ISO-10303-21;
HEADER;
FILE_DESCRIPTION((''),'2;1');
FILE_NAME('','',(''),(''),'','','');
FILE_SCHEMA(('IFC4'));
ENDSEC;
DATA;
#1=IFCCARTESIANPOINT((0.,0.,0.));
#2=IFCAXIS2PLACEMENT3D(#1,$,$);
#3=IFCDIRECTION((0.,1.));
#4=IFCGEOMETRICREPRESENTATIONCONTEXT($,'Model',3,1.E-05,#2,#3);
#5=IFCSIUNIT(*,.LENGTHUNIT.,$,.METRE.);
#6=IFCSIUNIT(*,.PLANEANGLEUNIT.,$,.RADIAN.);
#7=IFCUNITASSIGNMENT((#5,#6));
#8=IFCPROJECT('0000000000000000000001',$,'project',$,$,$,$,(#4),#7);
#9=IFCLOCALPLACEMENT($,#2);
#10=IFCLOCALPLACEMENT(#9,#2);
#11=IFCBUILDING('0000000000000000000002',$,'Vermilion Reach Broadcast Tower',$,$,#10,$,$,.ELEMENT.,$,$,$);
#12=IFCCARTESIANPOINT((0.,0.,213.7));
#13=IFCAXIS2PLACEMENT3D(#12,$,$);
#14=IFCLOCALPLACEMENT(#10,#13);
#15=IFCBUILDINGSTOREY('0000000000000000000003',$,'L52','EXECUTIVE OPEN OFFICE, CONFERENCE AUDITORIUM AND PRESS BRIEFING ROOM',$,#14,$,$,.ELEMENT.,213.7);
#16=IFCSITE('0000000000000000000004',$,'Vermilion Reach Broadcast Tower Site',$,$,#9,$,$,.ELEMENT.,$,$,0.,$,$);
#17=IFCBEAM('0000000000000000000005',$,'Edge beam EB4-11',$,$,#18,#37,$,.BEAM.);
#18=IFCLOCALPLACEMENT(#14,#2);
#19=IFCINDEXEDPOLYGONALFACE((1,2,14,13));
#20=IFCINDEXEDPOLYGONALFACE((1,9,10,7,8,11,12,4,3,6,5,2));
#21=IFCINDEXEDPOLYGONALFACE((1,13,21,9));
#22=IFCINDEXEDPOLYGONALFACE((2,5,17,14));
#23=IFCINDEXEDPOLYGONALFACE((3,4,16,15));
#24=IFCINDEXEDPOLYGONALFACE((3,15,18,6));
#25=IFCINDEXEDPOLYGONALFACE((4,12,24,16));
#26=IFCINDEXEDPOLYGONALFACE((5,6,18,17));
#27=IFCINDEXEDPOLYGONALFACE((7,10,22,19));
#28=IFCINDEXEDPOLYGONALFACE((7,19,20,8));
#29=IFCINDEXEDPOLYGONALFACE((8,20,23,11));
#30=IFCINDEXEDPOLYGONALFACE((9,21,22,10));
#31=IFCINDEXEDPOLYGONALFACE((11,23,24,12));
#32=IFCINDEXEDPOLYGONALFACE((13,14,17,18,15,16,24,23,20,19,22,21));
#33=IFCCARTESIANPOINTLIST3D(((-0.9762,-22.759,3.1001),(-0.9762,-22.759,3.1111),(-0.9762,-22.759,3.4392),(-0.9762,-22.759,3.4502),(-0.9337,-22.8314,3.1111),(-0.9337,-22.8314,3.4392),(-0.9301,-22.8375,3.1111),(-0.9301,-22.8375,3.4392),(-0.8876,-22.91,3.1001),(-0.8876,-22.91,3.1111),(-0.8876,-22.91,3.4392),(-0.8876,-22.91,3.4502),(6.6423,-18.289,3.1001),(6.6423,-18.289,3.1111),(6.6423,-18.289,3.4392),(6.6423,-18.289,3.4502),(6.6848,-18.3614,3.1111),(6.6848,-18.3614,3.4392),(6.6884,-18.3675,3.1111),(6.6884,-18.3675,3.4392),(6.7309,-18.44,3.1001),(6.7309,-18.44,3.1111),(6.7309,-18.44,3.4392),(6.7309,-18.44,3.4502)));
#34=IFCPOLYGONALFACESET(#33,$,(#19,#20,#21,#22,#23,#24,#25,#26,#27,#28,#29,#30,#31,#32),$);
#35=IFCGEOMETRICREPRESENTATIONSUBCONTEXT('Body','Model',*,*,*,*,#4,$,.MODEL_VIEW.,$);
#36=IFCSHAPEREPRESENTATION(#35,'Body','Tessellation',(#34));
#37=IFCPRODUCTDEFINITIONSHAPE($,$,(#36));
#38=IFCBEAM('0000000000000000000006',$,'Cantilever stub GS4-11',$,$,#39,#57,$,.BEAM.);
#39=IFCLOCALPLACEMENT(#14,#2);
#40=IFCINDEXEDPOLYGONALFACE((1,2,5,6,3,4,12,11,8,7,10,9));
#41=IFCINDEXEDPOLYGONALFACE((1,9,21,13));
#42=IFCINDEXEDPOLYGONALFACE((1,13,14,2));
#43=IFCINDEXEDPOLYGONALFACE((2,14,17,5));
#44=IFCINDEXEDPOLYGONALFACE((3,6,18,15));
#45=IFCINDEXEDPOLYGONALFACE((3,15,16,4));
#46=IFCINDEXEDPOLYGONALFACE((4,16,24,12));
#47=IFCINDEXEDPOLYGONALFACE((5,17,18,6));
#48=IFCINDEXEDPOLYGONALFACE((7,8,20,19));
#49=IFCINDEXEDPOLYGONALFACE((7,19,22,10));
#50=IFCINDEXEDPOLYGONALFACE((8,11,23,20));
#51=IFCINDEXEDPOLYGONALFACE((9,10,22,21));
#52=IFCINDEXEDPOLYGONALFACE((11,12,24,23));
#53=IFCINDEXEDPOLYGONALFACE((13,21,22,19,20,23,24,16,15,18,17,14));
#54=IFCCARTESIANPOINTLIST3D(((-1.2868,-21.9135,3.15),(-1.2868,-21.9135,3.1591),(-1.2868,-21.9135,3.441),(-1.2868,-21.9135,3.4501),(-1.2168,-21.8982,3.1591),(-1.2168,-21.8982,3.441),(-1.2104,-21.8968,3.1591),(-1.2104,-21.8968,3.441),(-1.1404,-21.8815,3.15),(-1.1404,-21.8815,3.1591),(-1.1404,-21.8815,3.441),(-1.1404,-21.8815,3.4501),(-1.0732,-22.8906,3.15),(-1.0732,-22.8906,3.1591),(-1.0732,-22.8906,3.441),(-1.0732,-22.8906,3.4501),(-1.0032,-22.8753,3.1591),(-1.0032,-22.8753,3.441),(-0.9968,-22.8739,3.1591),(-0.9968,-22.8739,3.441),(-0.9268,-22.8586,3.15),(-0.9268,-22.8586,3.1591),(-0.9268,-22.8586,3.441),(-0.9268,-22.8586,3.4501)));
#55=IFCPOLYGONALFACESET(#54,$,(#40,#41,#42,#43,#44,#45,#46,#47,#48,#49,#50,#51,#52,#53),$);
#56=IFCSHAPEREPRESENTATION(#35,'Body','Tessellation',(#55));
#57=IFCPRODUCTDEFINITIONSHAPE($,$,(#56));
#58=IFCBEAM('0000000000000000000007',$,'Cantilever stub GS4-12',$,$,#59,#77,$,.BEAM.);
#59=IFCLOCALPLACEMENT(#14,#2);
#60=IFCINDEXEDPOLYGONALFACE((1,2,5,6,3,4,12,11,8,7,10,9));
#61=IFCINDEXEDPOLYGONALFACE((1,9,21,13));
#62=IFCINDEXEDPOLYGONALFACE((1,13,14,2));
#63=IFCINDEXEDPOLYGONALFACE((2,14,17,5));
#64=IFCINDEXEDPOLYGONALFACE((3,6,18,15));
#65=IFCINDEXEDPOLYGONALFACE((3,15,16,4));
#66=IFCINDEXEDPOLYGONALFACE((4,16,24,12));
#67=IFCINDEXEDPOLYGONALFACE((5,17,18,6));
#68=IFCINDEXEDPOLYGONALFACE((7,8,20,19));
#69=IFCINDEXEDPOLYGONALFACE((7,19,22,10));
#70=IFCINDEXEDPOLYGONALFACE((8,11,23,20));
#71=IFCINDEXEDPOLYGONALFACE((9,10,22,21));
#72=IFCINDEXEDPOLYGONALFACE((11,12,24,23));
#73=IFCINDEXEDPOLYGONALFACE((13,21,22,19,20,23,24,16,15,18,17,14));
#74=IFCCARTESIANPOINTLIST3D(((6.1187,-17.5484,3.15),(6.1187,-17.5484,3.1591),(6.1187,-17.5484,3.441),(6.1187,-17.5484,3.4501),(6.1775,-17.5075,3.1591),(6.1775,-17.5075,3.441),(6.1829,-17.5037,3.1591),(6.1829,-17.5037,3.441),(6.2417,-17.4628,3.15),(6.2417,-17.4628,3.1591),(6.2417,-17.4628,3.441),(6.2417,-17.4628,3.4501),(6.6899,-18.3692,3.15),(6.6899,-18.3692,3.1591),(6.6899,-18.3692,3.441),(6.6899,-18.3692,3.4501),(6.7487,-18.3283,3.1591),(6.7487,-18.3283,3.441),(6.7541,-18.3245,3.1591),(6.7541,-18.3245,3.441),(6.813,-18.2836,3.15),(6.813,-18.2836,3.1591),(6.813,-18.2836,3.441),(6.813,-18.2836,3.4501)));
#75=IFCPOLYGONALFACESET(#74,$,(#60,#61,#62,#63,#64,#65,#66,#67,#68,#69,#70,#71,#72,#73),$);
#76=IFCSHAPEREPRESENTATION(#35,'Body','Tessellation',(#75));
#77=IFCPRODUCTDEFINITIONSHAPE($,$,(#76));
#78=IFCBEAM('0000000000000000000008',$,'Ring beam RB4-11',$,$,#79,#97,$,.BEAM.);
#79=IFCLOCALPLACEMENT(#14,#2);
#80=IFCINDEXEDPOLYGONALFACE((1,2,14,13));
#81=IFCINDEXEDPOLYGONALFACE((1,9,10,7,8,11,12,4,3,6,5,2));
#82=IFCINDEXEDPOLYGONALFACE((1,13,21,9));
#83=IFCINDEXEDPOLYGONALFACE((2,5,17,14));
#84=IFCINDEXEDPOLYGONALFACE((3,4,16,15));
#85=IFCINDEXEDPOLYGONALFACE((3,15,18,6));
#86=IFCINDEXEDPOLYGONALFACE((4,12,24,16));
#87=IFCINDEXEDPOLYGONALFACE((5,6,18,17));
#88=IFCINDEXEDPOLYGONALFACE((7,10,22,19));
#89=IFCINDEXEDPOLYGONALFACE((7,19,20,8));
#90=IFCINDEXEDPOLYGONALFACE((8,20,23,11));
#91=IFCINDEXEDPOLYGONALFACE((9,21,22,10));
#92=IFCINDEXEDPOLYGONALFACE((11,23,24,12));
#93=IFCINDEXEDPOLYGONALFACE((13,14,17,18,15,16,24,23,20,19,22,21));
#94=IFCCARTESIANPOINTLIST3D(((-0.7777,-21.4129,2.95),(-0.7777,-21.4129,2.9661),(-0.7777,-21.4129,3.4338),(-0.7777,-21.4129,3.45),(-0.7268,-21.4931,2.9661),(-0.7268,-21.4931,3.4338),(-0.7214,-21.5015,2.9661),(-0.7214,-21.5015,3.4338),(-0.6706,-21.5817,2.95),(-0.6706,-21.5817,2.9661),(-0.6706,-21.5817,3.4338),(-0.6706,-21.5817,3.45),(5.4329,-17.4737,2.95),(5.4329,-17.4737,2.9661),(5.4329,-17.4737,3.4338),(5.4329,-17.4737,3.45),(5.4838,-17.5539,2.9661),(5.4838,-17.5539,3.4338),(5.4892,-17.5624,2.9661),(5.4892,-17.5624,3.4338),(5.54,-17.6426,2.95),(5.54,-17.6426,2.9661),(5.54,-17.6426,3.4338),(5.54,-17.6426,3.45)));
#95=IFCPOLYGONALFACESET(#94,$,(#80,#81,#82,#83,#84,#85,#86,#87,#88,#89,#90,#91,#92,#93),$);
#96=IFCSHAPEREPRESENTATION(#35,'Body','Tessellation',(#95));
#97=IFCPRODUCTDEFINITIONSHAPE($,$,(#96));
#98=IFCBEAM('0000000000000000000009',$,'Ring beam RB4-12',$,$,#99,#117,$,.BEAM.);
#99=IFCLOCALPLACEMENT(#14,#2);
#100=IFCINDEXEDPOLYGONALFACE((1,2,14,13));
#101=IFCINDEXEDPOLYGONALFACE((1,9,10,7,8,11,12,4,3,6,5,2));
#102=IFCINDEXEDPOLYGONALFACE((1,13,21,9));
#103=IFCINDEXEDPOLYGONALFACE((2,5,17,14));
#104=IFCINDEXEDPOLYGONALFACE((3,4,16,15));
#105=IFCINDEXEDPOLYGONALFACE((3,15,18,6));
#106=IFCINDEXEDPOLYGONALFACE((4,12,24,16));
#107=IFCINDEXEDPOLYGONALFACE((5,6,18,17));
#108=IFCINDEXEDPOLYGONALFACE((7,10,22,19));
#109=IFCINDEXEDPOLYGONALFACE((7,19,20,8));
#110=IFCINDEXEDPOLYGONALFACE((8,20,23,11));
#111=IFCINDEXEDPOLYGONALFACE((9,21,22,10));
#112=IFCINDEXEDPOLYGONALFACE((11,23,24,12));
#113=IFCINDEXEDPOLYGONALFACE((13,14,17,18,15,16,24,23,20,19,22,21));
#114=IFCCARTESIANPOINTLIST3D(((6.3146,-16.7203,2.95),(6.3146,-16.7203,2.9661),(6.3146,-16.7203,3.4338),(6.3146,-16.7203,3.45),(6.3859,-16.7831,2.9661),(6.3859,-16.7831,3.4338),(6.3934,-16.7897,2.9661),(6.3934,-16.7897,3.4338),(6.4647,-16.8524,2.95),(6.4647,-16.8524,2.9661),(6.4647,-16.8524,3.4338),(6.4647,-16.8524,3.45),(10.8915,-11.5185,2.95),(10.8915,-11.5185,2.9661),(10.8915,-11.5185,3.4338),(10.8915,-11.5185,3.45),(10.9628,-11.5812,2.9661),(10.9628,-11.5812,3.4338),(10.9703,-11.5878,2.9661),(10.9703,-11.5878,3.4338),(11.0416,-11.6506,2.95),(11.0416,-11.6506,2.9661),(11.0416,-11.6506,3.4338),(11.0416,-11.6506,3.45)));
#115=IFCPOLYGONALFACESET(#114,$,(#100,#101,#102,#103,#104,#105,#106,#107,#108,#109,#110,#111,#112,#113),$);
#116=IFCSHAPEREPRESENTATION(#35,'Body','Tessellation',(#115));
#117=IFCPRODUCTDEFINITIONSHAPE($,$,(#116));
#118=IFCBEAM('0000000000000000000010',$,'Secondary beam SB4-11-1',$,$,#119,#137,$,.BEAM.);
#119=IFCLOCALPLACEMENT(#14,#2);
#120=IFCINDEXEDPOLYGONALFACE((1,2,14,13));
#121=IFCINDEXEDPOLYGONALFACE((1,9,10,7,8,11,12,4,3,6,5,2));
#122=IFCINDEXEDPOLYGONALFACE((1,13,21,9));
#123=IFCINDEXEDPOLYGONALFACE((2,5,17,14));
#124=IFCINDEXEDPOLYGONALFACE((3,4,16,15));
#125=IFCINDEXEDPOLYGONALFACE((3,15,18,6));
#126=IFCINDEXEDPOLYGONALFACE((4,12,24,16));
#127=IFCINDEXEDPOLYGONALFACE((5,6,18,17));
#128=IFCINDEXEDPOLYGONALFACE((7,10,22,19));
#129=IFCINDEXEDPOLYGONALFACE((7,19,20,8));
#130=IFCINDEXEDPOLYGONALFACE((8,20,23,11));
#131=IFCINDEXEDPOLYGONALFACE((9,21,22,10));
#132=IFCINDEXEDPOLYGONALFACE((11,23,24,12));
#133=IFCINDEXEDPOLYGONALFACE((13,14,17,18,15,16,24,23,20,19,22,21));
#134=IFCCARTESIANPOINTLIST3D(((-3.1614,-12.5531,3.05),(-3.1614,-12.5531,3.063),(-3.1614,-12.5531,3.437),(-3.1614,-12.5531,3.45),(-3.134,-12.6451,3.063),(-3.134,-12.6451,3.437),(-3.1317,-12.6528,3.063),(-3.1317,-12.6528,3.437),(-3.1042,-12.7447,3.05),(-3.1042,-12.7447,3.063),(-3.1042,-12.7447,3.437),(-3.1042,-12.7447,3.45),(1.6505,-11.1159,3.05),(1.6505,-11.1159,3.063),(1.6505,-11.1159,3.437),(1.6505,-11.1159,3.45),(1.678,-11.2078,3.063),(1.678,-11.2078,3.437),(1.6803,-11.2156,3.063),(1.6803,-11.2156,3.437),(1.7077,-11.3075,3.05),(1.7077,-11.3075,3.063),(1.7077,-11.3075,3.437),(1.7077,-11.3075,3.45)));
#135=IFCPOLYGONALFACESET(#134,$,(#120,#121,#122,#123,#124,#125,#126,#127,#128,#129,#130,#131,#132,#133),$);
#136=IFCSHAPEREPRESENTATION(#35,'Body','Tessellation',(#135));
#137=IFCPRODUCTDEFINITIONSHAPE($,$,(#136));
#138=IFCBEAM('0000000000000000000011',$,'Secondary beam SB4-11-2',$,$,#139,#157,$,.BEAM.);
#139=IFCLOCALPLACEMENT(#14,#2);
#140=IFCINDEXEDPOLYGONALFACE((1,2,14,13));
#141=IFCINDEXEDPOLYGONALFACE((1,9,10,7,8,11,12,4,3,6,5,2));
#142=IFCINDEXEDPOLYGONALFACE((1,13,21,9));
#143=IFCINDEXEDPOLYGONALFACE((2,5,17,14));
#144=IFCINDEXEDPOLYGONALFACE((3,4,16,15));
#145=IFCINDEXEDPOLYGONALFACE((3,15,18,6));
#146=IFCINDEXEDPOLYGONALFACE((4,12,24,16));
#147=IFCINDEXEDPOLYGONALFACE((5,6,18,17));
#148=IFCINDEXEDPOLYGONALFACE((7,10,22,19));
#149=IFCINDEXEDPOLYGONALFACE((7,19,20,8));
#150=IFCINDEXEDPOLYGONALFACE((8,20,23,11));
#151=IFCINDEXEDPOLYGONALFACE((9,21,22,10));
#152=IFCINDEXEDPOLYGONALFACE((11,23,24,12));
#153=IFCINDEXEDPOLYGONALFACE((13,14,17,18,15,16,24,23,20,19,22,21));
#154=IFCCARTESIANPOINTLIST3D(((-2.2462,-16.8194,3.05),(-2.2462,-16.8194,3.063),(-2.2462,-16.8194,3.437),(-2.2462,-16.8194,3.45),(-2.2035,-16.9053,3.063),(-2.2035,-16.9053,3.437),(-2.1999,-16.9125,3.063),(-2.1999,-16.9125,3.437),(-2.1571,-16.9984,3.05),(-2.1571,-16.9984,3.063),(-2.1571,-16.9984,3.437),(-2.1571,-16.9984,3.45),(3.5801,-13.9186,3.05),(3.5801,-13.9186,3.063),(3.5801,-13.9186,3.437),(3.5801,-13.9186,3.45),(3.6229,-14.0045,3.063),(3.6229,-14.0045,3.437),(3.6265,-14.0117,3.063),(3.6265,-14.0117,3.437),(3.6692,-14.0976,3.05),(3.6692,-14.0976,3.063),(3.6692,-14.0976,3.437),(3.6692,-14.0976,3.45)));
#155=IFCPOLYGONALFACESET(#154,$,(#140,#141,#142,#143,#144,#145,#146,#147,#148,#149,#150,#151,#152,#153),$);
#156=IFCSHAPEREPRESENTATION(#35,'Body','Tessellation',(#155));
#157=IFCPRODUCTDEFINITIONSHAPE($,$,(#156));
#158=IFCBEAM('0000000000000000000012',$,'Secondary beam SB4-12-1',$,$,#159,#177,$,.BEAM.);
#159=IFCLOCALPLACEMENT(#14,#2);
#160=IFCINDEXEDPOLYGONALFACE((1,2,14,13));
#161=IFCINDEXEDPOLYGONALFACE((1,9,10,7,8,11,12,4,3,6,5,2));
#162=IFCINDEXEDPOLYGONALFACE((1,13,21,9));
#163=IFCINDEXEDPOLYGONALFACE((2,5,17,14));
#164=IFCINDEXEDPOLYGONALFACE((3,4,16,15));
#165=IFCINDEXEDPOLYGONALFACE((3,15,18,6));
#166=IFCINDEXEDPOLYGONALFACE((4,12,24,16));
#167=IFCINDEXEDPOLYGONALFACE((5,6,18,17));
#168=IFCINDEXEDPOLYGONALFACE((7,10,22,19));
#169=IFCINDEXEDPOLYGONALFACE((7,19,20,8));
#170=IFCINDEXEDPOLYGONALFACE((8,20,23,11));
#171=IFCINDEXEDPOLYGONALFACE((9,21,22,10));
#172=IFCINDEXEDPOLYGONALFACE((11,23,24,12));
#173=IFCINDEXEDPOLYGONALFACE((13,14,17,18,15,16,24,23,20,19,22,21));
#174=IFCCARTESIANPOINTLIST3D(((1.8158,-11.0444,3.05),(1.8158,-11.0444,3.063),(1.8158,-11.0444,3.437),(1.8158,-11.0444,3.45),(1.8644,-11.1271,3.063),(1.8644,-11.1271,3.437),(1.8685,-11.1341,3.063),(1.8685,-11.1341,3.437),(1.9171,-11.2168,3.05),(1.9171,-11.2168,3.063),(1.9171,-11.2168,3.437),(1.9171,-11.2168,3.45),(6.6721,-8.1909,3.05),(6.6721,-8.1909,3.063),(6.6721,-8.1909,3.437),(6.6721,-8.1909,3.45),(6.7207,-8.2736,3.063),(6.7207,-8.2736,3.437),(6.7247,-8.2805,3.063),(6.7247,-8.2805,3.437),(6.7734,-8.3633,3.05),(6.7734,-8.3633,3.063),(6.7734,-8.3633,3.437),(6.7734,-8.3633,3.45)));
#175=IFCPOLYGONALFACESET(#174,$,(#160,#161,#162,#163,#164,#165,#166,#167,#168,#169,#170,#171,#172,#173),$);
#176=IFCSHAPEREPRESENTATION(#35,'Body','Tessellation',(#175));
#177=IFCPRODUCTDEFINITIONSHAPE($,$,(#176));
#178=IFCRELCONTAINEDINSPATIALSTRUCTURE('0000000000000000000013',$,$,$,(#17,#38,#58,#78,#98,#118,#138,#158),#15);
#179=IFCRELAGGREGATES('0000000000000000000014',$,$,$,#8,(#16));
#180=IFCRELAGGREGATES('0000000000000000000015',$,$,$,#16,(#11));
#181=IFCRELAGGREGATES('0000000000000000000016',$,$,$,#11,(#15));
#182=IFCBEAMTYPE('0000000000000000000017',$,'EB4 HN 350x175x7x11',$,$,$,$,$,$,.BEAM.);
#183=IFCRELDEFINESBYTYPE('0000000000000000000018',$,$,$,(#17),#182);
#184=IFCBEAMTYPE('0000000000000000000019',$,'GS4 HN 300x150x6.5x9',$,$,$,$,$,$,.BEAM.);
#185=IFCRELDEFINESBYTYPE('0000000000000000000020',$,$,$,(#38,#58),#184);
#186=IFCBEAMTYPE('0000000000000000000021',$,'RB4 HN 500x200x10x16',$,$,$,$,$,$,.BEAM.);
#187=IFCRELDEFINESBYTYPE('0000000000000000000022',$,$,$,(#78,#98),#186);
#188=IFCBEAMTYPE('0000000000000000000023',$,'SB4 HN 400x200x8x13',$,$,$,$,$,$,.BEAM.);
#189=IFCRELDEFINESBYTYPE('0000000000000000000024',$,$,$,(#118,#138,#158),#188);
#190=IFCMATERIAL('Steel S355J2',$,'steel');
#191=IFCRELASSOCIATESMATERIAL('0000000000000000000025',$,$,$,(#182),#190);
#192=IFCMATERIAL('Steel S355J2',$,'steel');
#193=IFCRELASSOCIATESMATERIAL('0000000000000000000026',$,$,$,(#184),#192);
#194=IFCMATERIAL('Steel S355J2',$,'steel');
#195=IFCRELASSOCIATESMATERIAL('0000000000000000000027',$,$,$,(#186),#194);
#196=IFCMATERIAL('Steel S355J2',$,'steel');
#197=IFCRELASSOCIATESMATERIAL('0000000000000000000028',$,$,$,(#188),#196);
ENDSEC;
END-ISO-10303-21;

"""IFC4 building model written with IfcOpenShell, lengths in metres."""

from ifc_helpers import new_model, si_unit, direction, frame, origin, origin_2d, place, context, subcontext, project, spatial, i_section, extrude, material, material_profile, profile_set, type_object, element, save


model = new_model("IFC4")

# Units and contexts
model_context = context("Model", 3, precision=1e-05, world=origin(), true_north=direction((0.0, 1.0)))
body_context = subcontext(model_context, "Body", "Model", "MODEL_VIEW")
ifc_project = project(units=[si_unit("LENGTHUNIT", "METRE"), si_unit("PLANEANGLEUNIT", "RADIAN")], contexts=[model_context])

# Site, building, storey
site_placement = place(None, origin())
site = spatial("IfcSite", under=ifc_project, at=site_placement, Name="Vermilion Reach Broadcast Tower Site", CompositionType="ELEMENT", RefElevation=0.0)
building_placement = place(site_placement, origin())
building = spatial("IfcBuilding", under=site, at=building_placement, Name="Vermilion Reach Broadcast Tower", CompositionType="ELEMENT")
storey_placement = place(building_placement, frame((0.0, 0.0, 213.7)))
storey = spatial("IfcBuildingStorey", under=building, at=storey_placement, Name="L52", Description="EXECUTIVE OPEN OFFICE, CONFERENCE AUDITORIUM AND PRESS BRIEFING ROOM", CompositionType="ELEMENT", Elevation=213.7)

# Beams
ifc_material_1 = material(Name="Steel S355J2", Category="steel")
ifc_material_profile_1 = material_profile(ifc_material_1, i_section(OverallWidth=0.175, OverallDepth=0.3501, WebThickness=0.0071, FlangeThickness=0.011, at=origin_2d()), Name="S355J2 HN 350x175x7x11")
ifc_profile_set_1 = profile_set([ifc_material_profile_1], Name="Steel S355J2")
beam_type_1 = type_object("IfcBeamType", Name="EB4 HN 350x175x7x11", PredefinedType="BEAM", material=ifc_profile_set_1)
beam_1_placement = place(storey_placement, frame((-0.9319, -22.8345, 3.2751), z_axis=(0.8625, 0.506057, 0.0), x_axis=(-0.506057, 0.8625, 0.0)))
element("IfcBeam", 1, at=beam_1_placement, inside=storey, type_object=beam_type_1, Name="Edge beam EB4-11", PredefinedType="BEAM", context=body_context, shape_type="SweptSolid", body=[
    extrude(i_section(OverallWidth=0.175, OverallDepth=0.3501, WebThickness=0.0071, FlangeThickness=0.011, at=origin_2d()), origin(), (0.0, 0.0, 1.0), 8.833),
])
ifc_material_2 = material(Name="Steel S355J2", Category="steel")
ifc_material_profile_2 = material_profile(ifc_material_2, i_section(OverallWidth=0.1499, OverallDepth=0.3, WebThickness=0.0066, FlangeThickness=0.009, at=origin_2d()), Name="S355J2 HN 300x150x6.5x9")
ifc_profile_set_2 = profile_set([ifc_material_profile_2], Name="Steel S355J2")
beam_type_2 = type_object("IfcBeamType", Name="GS4 HN 300x150x6.5x9", PredefinedType="BEAM", material=ifc_profile_set_2)
beam_2_placement = place(storey_placement, frame((-1.2136, -21.8975, 3.3), z_axis=(0.213595, -0.976922, 0.0), x_axis=(0.976922, 0.213595, 0.0)))
element("IfcBeam", 2, at=beam_2_placement, inside=storey, type_object=beam_type_2, Name="Cantilever stub GS4-11", PredefinedType="BEAM", context=body_context, shape_type="SweptSolid", body=[
    extrude(i_section(OverallWidth=0.1499, OverallDepth=0.3, WebThickness=0.0066, FlangeThickness=0.009, at=origin_2d()), origin(), (0.0, 0.0, 1.0), 1.0002),
])
beam_3_placement = place(storey_placement, frame((6.1802, -17.5056, 3.3), z_axis=(0.571265, -0.820766, 0.0), x_axis=(0.820766, 0.571265, 0.0)))
element("IfcBeam", 3, at=beam_3_placement, inside=storey, type_object=beam_type_2, Name="Cantilever stub GS4-12", PredefinedType="BEAM", context=body_context, shape_type="SweptSolid", body=[
    extrude(i_section(OverallWidth=0.1499, OverallDepth=0.3, WebThickness=0.0066, FlangeThickness=0.009, at=origin_2d()), origin(), (0.0, 0.0, 1.0), 1.0),
])
ifc_material_3 = material(Name="Steel S355J2", Category="steel")
ifc_material_profile_3 = material_profile(ifc_material_3, i_section(OverallWidth=0.2, OverallDepth=0.5, WebThickness=0.01, FlangeThickness=0.0161, at=origin_2d()), Name="S355J2 HN 500x200x10x16")
ifc_profile_set_3 = profile_set([ifc_material_profile_3], Name="Steel S355J2")
beam_type_3 = type_object("IfcBeamType", Name="RB4 HN 500x200x10x16", PredefinedType="BEAM", material=ifc_profile_set_3)
beam_4_placement = place(storey_placement, frame((-0.7241, -21.4973, 3.2), z_axis=(0.844464, 0.535612, 0.0), x_axis=(-0.535612, 0.844464, 0.0)))
element("IfcBeam", 4, at=beam_4_placement, inside=storey, type_object=beam_type_3, Name="Ring beam RB4-11", PredefinedType="BEAM", context=body_context, shape_type="SweptSolid", body=[
    extrude(i_section(OverallWidth=0.2, OverallDepth=0.5, WebThickness=0.01, FlangeThickness=0.0161, at=origin_2d()), origin(), (0.0, 0.0, 1.0), 7.3545),
])
beam_5_placement = place(storey_placement, frame((6.3896, -16.7864, 3.2), z_axis=(0.660565, 0.750769, 0.0), x_axis=(-0.750769, 0.660565, 0.0)))
element("IfcBeam", 5, at=beam_5_placement, inside=storey, type_object=beam_type_3, Name="Ring beam RB4-12", PredefinedType="BEAM", context=body_context, shape_type="SweptSolid", body=[
    extrude(i_section(OverallWidth=0.2, OverallDepth=0.5, WebThickness=0.01, FlangeThickness=0.0161, at=origin_2d()), origin(), (0.0, 0.0, 1.0), 6.9287),
])
ifc_material_4 = material(Name="Steel S355J2", Category="steel")
ifc_material_profile_4 = material_profile(ifc_material_4, i_section(OverallWidth=0.2, OverallDepth=0.3999, WebThickness=0.0081, FlangeThickness=0.0129, at=origin_2d()), Name="S355J2 HN 400x200x8x13")
ifc_profile_set_4 = profile_set([ifc_material_profile_4], Name="Steel S355J2")
beam_type_4 = type_object("IfcBeamType", Name="SB4 HN 400x200x8x13", PredefinedType="BEAM", material=ifc_profile_set_4)
beam_6_placement = place(storey_placement, frame((-3.1328, -12.6489, 3.25), z_axis=(0.958173, 0.286188, 0.0), x_axis=(-0.286188, 0.958173, 0.0)))
element("IfcBeam", 6, at=beam_6_placement, inside=storey, type_object=beam_type_4, Name="Secondary beam SB4-11-1", PredefinedType="BEAM", context=body_context, shape_type="SweptSolid", body=[
    extrude(i_section(OverallWidth=0.2, OverallDepth=0.3999, WebThickness=0.0081, FlangeThickness=0.0129, at=origin_2d()), origin(), (0.0, 0.0, 1.0), 5.022),
])
beam_7_placement = place(storey_placement, frame((-2.2017, -16.9089, 3.25), z_axis=(0.895184, 0.445698, 0.0), x_axis=(-0.445698, 0.895184, 0.0)))
element("IfcBeam", 7, at=beam_7_placement, inside=storey, type_object=beam_type_4, Name="Secondary beam SB4-11-2", PredefinedType="BEAM", context=body_context, shape_type="SweptSolid", body=[
    extrude(i_section(OverallWidth=0.2, OverallDepth=0.3999, WebThickness=0.0081, FlangeThickness=0.0129, at=origin_2d()), origin(), (0.0, 0.0, 1.0), 6.5085),
])
beam_8_placement = place(storey_placement, frame((1.8665, -11.1306, 3.25), z_axis=(0.862173, 0.506615, 0.0), x_axis=(-0.506615, 0.862173, 0.0)))
element("IfcBeam", 8, at=beam_8_placement, inside=storey, type_object=beam_type_4, Name="Secondary beam SB4-12-1", PredefinedType="BEAM", context=body_context, shape_type="SweptSolid", body=[
    extrude(i_section(OverallWidth=0.2, OverallDepth=0.3999, WebThickness=0.0081, FlangeThickness=0.0129, at=origin_2d()), origin(), (0.0, 0.0, 1.0), 5.6326),
])

save(model, "model.ifc")
